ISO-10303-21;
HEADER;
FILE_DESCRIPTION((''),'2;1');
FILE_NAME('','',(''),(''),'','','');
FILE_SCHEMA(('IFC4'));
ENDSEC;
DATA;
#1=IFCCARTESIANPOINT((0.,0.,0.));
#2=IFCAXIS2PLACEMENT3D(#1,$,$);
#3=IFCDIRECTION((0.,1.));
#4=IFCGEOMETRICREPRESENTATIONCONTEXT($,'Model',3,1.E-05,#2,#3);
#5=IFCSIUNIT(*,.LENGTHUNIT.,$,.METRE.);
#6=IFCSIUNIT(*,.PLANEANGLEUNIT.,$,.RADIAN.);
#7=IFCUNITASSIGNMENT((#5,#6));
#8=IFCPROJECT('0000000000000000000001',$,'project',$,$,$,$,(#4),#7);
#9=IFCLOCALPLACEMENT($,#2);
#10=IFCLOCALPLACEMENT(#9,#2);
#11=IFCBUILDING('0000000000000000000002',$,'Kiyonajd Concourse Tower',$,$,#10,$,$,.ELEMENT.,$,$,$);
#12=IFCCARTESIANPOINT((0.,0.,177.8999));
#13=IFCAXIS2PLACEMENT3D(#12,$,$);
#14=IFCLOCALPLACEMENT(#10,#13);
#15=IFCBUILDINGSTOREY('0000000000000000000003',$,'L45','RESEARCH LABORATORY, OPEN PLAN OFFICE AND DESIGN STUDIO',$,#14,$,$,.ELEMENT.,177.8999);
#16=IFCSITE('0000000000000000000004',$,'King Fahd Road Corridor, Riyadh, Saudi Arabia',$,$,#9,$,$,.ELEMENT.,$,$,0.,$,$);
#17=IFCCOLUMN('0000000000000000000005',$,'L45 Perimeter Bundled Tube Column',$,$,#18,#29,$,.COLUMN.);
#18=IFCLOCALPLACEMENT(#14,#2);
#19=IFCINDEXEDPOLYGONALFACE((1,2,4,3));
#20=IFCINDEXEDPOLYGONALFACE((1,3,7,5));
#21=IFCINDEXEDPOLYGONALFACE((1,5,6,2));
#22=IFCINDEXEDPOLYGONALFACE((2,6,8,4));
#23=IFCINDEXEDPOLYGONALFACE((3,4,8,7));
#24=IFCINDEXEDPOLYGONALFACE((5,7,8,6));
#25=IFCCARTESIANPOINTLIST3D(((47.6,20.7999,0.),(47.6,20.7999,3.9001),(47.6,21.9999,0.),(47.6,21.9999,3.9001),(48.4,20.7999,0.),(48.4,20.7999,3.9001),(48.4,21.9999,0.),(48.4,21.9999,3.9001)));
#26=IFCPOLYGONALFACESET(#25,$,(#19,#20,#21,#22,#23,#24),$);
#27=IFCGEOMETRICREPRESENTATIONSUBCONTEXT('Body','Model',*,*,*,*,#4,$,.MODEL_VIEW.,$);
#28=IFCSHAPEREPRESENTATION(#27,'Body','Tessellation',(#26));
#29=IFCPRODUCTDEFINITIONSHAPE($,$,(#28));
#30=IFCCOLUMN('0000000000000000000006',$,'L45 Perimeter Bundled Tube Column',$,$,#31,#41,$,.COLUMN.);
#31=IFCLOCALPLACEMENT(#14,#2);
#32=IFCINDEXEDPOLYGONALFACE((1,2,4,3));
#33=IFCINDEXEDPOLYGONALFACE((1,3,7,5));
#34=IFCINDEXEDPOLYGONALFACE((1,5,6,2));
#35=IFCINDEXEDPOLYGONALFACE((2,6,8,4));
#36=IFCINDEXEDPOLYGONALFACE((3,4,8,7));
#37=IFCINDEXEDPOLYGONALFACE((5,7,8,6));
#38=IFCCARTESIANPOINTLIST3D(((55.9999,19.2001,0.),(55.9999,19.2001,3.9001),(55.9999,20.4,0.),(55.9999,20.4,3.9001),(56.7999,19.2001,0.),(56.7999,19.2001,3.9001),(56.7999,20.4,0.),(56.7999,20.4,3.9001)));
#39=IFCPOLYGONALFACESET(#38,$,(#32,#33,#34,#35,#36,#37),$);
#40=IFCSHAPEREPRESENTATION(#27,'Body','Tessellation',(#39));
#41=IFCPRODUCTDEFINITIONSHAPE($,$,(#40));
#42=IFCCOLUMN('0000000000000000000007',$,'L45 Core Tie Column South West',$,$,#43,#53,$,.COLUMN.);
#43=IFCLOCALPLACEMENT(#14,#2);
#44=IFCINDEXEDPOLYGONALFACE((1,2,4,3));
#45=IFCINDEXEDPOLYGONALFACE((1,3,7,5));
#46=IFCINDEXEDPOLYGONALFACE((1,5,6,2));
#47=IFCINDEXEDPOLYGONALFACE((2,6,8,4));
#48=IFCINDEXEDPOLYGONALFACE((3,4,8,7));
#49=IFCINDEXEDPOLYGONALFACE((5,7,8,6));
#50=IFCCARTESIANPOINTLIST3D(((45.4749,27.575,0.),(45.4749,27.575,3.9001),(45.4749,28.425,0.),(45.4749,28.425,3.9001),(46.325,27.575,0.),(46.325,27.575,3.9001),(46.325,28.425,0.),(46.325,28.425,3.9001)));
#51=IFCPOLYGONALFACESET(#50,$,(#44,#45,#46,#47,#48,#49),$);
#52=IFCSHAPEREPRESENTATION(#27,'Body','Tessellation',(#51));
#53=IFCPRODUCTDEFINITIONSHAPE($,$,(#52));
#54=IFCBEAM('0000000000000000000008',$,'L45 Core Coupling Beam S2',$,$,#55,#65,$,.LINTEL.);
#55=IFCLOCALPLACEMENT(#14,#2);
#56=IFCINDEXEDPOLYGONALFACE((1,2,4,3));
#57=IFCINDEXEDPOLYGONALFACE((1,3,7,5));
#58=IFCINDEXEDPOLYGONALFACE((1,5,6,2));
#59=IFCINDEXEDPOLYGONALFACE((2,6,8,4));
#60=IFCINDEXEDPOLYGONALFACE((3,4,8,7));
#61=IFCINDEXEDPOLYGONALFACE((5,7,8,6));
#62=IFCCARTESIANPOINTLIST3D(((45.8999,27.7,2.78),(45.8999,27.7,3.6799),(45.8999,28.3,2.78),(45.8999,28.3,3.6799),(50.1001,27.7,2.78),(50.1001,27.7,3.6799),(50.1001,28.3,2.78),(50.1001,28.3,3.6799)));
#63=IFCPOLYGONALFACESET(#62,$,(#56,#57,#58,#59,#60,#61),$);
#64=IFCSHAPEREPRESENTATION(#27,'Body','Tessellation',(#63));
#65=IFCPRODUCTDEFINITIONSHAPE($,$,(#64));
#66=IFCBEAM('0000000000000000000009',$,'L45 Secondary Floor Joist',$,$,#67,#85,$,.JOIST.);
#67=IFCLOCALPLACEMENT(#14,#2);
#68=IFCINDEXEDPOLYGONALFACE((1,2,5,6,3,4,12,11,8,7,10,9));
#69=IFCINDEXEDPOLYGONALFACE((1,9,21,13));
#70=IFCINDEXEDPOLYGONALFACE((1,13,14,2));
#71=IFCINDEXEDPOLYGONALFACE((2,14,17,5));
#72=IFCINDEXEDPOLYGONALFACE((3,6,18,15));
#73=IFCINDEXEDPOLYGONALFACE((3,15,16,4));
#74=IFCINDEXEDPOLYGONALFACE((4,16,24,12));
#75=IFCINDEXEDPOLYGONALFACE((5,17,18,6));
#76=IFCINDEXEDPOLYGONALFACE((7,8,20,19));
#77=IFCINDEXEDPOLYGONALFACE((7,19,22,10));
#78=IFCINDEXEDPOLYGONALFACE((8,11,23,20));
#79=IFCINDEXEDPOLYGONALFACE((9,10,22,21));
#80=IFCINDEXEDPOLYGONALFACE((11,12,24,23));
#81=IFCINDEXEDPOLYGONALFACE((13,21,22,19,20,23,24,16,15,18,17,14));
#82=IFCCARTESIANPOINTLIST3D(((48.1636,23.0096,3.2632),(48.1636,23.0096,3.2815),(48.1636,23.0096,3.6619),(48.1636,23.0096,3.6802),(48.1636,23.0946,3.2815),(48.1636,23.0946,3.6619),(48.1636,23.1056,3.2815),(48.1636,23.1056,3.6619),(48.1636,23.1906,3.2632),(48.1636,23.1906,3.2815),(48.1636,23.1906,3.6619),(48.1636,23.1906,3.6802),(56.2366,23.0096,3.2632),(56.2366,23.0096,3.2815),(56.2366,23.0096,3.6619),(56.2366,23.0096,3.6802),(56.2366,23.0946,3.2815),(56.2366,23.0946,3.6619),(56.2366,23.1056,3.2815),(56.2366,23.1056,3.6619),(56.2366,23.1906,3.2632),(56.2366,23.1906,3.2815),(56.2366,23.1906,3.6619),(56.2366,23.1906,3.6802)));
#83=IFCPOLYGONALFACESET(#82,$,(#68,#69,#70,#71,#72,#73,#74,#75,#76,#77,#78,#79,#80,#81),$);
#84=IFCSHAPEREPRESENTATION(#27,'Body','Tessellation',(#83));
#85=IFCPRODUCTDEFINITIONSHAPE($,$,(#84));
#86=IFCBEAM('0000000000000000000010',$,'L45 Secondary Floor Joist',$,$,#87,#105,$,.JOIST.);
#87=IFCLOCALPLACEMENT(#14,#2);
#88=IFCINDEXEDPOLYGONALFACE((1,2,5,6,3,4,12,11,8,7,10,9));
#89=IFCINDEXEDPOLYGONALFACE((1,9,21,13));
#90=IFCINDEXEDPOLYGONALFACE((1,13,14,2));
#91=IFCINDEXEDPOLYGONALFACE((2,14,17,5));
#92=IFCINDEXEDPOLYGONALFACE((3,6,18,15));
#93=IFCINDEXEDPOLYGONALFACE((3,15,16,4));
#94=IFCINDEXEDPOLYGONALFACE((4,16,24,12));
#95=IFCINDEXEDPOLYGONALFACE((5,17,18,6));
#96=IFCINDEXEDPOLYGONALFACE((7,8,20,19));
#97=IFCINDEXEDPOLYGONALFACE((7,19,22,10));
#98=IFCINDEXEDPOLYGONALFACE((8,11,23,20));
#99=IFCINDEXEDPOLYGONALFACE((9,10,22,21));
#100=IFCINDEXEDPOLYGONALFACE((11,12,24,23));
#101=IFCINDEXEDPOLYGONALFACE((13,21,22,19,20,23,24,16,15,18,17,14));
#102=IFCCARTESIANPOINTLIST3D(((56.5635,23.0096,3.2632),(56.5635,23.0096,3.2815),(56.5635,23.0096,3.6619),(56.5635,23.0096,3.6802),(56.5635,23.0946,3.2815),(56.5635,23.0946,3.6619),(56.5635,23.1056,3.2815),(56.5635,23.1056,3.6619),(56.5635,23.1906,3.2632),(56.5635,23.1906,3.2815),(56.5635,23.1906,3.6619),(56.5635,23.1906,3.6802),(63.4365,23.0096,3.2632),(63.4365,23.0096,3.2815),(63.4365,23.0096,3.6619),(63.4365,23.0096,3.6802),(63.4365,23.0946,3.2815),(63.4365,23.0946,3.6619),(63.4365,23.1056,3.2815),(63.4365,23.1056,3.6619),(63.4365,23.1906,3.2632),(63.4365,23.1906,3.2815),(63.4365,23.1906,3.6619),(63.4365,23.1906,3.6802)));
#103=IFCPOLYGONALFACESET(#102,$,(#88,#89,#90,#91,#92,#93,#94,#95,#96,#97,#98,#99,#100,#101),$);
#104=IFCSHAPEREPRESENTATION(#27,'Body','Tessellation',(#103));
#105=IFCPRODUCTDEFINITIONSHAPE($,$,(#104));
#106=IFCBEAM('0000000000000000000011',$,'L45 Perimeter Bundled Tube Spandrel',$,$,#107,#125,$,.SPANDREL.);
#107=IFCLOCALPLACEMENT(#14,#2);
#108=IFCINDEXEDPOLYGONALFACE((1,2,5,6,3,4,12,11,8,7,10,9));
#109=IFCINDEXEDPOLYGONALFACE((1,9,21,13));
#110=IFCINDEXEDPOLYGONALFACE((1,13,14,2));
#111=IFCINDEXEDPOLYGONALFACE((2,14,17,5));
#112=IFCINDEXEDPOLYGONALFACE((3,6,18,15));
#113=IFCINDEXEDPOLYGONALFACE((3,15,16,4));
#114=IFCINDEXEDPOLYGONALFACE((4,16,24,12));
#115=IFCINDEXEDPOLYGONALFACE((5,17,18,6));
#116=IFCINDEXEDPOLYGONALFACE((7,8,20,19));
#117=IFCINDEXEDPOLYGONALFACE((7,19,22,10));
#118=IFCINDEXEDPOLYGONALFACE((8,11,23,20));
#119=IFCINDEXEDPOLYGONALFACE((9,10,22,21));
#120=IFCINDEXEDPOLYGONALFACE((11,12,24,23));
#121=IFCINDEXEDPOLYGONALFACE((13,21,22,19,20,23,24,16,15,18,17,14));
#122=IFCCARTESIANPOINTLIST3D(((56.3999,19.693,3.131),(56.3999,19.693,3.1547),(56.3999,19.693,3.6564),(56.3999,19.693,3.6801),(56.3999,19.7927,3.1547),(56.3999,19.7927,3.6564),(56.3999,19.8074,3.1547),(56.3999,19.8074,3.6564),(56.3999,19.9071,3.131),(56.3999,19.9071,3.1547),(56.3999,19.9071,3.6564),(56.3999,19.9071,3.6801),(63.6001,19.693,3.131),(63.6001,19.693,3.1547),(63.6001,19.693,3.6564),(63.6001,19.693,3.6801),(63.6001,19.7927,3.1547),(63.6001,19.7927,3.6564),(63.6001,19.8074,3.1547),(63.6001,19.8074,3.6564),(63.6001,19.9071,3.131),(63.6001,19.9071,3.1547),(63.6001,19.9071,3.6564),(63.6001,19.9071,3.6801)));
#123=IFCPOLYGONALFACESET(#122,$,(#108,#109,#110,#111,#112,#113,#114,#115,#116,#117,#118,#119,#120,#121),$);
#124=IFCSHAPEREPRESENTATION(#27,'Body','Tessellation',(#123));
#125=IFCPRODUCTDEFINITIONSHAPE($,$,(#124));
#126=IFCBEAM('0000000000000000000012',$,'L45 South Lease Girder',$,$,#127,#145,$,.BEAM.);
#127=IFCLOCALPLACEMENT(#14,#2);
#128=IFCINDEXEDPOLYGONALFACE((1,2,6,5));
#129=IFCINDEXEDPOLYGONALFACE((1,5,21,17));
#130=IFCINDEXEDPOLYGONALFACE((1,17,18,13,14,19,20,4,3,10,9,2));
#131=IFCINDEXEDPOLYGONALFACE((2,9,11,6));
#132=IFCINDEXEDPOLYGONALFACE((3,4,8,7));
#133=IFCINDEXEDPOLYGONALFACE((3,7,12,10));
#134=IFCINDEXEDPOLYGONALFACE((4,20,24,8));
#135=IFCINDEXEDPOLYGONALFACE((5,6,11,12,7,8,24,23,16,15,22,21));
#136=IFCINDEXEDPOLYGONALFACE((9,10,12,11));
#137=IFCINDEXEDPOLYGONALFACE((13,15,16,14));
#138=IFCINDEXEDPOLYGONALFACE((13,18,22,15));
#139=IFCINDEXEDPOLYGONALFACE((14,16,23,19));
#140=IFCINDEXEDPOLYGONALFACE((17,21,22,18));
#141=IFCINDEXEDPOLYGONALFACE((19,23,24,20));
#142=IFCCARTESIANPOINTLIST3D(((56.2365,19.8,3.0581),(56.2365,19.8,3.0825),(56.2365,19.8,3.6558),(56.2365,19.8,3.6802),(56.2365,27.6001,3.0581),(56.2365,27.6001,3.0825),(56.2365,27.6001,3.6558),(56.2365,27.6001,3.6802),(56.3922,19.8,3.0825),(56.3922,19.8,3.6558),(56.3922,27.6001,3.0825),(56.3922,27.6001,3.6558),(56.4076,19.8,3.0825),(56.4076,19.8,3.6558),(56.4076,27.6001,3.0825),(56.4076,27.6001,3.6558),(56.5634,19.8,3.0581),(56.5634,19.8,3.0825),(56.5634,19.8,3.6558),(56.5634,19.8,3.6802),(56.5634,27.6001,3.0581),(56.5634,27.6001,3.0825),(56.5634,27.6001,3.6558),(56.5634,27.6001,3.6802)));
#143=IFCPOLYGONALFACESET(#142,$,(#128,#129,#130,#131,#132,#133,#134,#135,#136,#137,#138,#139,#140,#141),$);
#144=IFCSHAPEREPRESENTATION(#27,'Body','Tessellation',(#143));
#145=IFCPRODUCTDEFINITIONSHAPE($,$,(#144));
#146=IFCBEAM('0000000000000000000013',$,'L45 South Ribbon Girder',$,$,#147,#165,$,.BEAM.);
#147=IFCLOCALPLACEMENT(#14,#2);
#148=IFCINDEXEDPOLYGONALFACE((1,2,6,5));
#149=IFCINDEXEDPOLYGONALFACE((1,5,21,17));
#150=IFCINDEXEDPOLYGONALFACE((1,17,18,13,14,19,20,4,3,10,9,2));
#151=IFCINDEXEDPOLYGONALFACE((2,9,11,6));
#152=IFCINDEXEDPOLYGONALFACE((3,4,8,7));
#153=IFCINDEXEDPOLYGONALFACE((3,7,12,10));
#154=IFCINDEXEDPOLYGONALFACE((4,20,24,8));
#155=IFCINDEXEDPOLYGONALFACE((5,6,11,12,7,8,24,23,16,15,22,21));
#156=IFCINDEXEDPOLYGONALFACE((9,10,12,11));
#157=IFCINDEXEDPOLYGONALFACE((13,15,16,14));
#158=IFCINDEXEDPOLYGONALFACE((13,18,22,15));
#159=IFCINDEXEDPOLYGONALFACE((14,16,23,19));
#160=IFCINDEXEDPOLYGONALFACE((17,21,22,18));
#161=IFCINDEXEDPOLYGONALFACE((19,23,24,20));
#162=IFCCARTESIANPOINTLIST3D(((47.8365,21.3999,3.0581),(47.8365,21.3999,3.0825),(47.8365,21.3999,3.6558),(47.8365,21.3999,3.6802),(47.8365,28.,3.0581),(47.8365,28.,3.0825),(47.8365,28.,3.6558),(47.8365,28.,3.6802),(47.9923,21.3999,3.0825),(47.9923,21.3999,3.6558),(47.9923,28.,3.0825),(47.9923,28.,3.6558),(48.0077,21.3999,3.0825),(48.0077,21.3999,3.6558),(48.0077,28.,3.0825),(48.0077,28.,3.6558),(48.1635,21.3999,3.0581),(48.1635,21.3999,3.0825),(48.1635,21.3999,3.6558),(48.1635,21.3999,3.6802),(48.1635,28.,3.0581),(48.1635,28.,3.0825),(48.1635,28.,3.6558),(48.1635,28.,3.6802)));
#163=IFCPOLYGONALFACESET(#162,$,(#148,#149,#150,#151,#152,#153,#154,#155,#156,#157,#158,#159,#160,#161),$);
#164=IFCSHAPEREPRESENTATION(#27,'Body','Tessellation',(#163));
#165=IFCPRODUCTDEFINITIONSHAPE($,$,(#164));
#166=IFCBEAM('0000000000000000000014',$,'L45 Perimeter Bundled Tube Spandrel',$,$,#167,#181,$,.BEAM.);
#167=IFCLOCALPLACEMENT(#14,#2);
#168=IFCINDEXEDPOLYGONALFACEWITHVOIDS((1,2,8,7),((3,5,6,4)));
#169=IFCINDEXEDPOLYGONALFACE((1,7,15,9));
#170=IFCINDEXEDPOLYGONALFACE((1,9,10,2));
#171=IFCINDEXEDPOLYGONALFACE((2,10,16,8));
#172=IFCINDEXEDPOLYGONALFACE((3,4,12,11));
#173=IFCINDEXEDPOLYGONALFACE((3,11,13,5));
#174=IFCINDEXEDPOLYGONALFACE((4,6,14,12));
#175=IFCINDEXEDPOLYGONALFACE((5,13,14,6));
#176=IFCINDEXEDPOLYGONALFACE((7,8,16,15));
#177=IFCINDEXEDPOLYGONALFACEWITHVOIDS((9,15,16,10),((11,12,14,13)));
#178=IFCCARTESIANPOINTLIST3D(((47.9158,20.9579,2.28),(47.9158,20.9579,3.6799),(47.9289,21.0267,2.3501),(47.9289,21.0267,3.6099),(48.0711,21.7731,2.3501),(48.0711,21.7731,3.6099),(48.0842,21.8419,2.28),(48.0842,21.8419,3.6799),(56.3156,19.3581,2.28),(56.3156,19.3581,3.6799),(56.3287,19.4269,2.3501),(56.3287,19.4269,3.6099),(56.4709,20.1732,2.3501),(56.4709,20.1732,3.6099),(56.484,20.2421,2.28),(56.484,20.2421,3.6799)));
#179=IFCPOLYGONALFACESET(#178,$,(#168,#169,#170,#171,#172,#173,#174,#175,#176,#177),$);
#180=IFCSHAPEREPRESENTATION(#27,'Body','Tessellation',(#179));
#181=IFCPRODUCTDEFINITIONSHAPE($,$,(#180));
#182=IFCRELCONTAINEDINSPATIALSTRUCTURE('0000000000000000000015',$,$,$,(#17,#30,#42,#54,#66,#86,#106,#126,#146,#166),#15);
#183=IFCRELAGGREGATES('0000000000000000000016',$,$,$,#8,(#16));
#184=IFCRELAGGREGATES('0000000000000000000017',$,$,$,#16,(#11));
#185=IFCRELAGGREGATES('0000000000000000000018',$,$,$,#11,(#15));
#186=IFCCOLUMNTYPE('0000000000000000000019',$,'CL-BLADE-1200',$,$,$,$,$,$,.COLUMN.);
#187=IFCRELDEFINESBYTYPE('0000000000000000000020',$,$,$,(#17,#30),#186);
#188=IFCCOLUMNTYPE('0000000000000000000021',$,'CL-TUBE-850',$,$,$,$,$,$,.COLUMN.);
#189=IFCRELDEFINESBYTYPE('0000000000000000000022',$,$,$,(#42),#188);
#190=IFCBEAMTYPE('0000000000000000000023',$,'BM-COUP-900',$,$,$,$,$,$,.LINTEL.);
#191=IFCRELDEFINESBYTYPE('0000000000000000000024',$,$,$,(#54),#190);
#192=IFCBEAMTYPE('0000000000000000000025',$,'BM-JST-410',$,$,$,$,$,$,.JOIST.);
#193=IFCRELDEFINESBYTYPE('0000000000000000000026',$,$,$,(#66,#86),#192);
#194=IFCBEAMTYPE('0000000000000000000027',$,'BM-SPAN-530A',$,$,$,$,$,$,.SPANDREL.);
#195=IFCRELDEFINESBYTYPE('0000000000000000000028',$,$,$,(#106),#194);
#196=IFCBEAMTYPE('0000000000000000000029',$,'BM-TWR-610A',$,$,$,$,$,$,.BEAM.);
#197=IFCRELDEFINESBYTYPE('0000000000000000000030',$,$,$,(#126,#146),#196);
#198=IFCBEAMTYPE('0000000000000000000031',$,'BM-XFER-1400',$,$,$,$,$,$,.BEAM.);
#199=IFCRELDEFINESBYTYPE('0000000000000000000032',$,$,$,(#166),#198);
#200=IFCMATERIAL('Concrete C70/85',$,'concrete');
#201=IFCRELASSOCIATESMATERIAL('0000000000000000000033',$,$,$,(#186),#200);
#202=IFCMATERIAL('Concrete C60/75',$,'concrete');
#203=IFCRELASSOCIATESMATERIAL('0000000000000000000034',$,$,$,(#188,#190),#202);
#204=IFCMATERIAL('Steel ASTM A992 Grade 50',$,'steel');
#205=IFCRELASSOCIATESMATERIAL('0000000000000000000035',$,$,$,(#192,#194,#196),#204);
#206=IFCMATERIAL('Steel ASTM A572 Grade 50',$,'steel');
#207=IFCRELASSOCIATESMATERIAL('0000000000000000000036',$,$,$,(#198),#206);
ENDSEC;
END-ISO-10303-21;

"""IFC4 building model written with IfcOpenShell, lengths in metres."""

from ifc_helpers import new_model, si_unit, direction, frame, origin, origin_2d, place, context, subcontext, project, spatial, rectangle, hollow_rectangle, i_section, extrude, material, material_profile, profile_set, type_object, element, save


model = new_model("IFC4")

# Units and contexts
model_context = context("Model", 3, precision=1e-05, world=origin(), true_north=direction((0.0, 1.0)))
body_context = subcontext(model_context, "Body", "Model", "MODEL_VIEW")
ifc_project = project(units=[si_unit("LENGTHUNIT", "METRE"), si_unit("PLANEANGLEUNIT", "RADIAN")], contexts=[model_context])

# Site, building, storey
site_placement = place(None, origin())
site = spatial("IfcSite", under=ifc_project, at=site_placement, Name="King Fahd Road Corridor, Riyadh, Saudi Arabia", CompositionType="ELEMENT", RefElevation=0.0)
building_placement = place(site_placement, origin())
building = spatial("IfcBuilding", under=site, at=building_placement, Name="Kiyonajd Concourse Tower", CompositionType="ELEMENT")
storey_placement = place(building_placement, frame((0.0, 0.0, 177.8999)))
storey = spatial("IfcBuildingStorey", under=building, at=storey_placement, Name="L45", Description="RESEARCH LABORATORY, OPEN PLAN OFFICE AND DESIGN STUDIO", CompositionType="ELEMENT", Elevation=177.8999)

# Columns
ifc_material_1 = material(Name="Concrete C70/85", Category="concrete")
ifc_material_profile_1 = material_profile(ifc_material_1, rectangle(XDim=0.8, YDim=1.2, at=origin_2d()), Name="RC-1200x800")
ifc_profile_set_1 = profile_set([ifc_material_profile_1], Name="Concrete C70/85")
column_type_1 = type_object("IfcColumnType", Name="CL-BLADE-1200", PredefinedType="COLUMN", material=ifc_profile_set_1)
for number, where, z_axis, x_axis, name in (
    (1, (48.0, 21.3999, 0.0), (0.0, 0.0, 1.0), (1.0, 0.0, 0.0), "L45 Perimeter Bundled Tube Column"),
    (2, (56.3999, 19.8, 0.0), (0.0, 0.0, 1.0), (1.0, 0.0, 0.0), "L45 Perimeter Bundled Tube Column"),
):
    element("IfcColumn", number, at=place(storey_placement, frame(where, z_axis=z_axis, x_axis=x_axis)), inside=storey, type_object=column_type_1, Name=name, PredefinedType="COLUMN", context=body_context, shape_type="SweptSolid", body=[
        extrude(rectangle(XDim=0.8, YDim=1.2, at=origin_2d()), origin(), (0.0, 0.0, 1.0), 3.9001),
    ])
ifc_material_2 = material(Name="Concrete C60/75", Category="concrete")
ifc_material_profile_2 = material_profile(ifc_material_2, rectangle(XDim=0.8501, YDim=0.8501, at=origin_2d()), Name="RC-850x850")
ifc_profile_set_2 = profile_set([ifc_material_profile_2], Name="Concrete C60/75")
column_type_2 = type_object("IfcColumnType", Name="CL-TUBE-850", PredefinedType="COLUMN", material=ifc_profile_set_2)
column_placement = place(storey_placement, frame((45.8999, 28.0, 0.0), z_axis=(0.0, 0.0, 1.0), x_axis=(1.0, 0.0, 0.0)))
element("IfcColumn", 3, at=column_placement, inside=storey, type_object=column_type_2, Name="L45 Core Tie Column South West", PredefinedType="COLUMN", context=body_context, shape_type="SweptSolid", body=[
    extrude(rectangle(XDim=0.8501, YDim=0.8501, at=origin_2d()), origin(), (0.0, 0.0, 1.0), 3.9001),
])

# Beams
ifc_material_profile_3 = material_profile(ifc_material_2, rectangle(XDim=0.6001, YDim=0.8999, at=origin_2d()), Name="RCBM-600x900")
ifc_profile_set_3 = profile_set([ifc_material_profile_3], Name="Concrete C60/75")
beam_type_1 = type_object("IfcBeamType", Name="BM-COUP-900", PredefinedType="LINTEL", material=ifc_profile_set_3)
beam_1_placement = place(storey_placement, frame((45.8999, 28.0, 3.23), z_axis=(1.0, 0.0, 0.0), x_axis=(0.0, 1.0, 0.0)))
element("IfcBeam", 4, at=beam_1_placement, inside=storey, type_object=beam_type_1, Name="L45 Core Coupling Beam S2", PredefinedType="LINTEL", context=body_context, shape_type="SweptSolid", body=[
    extrude(rectangle(XDim=0.6001, YDim=0.8999, at=origin_2d()), origin(), (0.0, 0.0, 1.0), 4.2002),
])
ifc_material_3 = material(Name="Steel ASTM A992 Grade 50", Category="steel")
ifc_material_profile_4 = material_profile(ifc_material_3, i_section(OverallWidth=0.1809, OverallDepth=0.417, WebThickness=0.011, FlangeThickness=0.0183, at=origin_2d()), Name="W410X85")
ifc_profile_set_4 = profile_set([ifc_material_profile_4], Name="Steel ASTM A992 Grade 50")
beam_type_2 = type_object("IfcBeamType", Name="BM-JST-410", PredefinedType="JOIST", material=ifc_profile_set_4)
beam_2_placement = place(storey_placement, frame((48.1636, 23.1001, 3.4717), z_axis=(1.0, 0.0, 0.0), x_axis=(0.0, 1.0, 0.0)))
element("IfcBeam", 5, at=beam_2_placement, inside=storey, type_object=beam_type_2, Name="L45 Secondary Floor Joist", PredefinedType="JOIST", context=body_context, shape_type="SweptSolid", body=[
    extrude(i_section(OverallWidth=0.1809, OverallDepth=0.417, WebThickness=0.011, FlangeThickness=0.0183, at=origin_2d()), origin(), (0.0, 0.0, 1.0), 8.073),
])
beam_3_placement = place(storey_placement, frame((56.5635, 23.1001, 3.4717), z_axis=(1.0, 0.0, 0.0), x_axis=(0.0, 1.0, 0.0)))
element("IfcBeam", 6, at=beam_3_placement, inside=storey, type_object=beam_type_2, Name="L45 Secondary Floor Joist", PredefinedType="JOIST", context=body_context, shape_type="SweptSolid", body=[
    extrude(i_section(OverallWidth=0.1809, OverallDepth=0.417, WebThickness=0.011, FlangeThickness=0.0183, at=origin_2d()), origin(), (0.0, 0.0, 1.0), 6.873),
])
ifc_material_profile_5 = material_profile(ifc_material_3, i_section(OverallWidth=0.2141, OverallDepth=0.5491, WebThickness=0.0146, FlangeThickness=0.0237, at=origin_2d()), Name="W530X138")
ifc_profile_set_5 = profile_set([ifc_material_profile_5], Name="Steel ASTM A992 Grade 50")
beam_type_3 = type_object("IfcBeamType", Name="BM-SPAN-530A", PredefinedType="SPANDREL", material=ifc_profile_set_5)
beam_4_placement = place(storey_placement, frame((56.3999, 19.8, 3.4055), z_axis=(1.0, 0.0, 0.0), x_axis=(0.0, 1.0, 0.0)))
element("IfcBeam", 7, at=beam_4_placement, inside=storey, type_object=beam_type_3, Name="L45 Perimeter Bundled Tube Spandrel", PredefinedType="SPANDREL", context=body_context, shape_type="SweptSolid", body=[
    extrude(i_section(OverallWidth=0.2141, OverallDepth=0.5491, WebThickness=0.0146, FlangeThickness=0.0237, at=origin_2d()), origin(), (0.0, 0.0, 1.0), 7.2002),
])
ifc_material_profile_6 = material_profile(ifc_material_3, i_section(OverallWidth=0.3269, OverallDepth=0.6221, WebThickness=0.0154, FlangeThickness=0.0244, at=origin_2d()), Name="W610X195")
ifc_profile_set_6 = profile_set([ifc_material_profile_6], Name="Steel ASTM A992 Grade 50")
beam_type_4 = type_object("IfcBeamType", Name="BM-TWR-610A", PredefinedType="BEAM", material=ifc_profile_set_6)
beam_5_placement = place(storey_placement, frame((56.3999, 19.8, 3.3691), z_axis=(0.0, 1.0, 0.0), x_axis=(-1.0, 0.0, 0.0)))
element("IfcBeam", 8, at=beam_5_placement, inside=storey, type_object=beam_type_4, Name="L45 South Lease Girder", PredefinedType="BEAM", context=body_context, shape_type="SweptSolid", body=[
    extrude(i_section(OverallWidth=0.3269, OverallDepth=0.6221, WebThickness=0.0154, FlangeThickness=0.0244, at=origin_2d()), origin(), (0.0, 0.0, 1.0), 7.8),
])
beam_6_placement = place(storey_placement, frame((48.0, 21.3999, 3.3691), z_axis=(0.0, 1.0, 0.0), x_axis=(-1.0, 0.0, 0.0)))
element("IfcBeam", 9, at=beam_6_placement, inside=storey, type_object=beam_type_4, Name="L45 South Ribbon Girder", PredefinedType="BEAM", context=body_context, shape_type="SweptSolid", body=[
    extrude(i_section(OverallWidth=0.3269, OverallDepth=0.6221, WebThickness=0.0154, FlangeThickness=0.0244, at=origin_2d()), origin(), (0.0, 0.0, 1.0), 6.6001),
])
ifc_material_4 = material(Name="Steel ASTM A572 Grade 50", Category="steel")
ifc_material_profile_7 = material_profile(ifc_material_4, hollow_rectangle(XDim=0.8999, YDim=1.3999, WallThickness=0.0701, at=origin_2d()), Name="BOX-1400x900x70")
ifc_profile_set_7 = profile_set([ifc_material_profile_7], Name="Steel ASTM A572 Grade 50")
beam_type_5 = type_object("IfcBeamType", Name="BM-XFER-1400", PredefinedType="BEAM", material=ifc_profile_set_7)
beam_7_placement = place(storey_placement, frame((48.0, 21.3999, 2.98), z_axis=(0.982341, -0.187098, 0.0), x_axis=(0.187098, 0.982341, 0.0)))
element("IfcBeam", 10, at=beam_7_placement, inside=storey, type_object=beam_type_5, Name="L45 Perimeter Bundled Tube Spandrel", PredefinedType="BEAM", context=body_context, shape_type="SweptSolid", body=[
    extrude(hollow_rectangle(XDim=0.8999, YDim=1.3999, WallThickness=0.0701, at=origin_2d()), origin(), (0.0, 0.0, 1.0), 8.5508),
])

save(model, "model.ifc")
